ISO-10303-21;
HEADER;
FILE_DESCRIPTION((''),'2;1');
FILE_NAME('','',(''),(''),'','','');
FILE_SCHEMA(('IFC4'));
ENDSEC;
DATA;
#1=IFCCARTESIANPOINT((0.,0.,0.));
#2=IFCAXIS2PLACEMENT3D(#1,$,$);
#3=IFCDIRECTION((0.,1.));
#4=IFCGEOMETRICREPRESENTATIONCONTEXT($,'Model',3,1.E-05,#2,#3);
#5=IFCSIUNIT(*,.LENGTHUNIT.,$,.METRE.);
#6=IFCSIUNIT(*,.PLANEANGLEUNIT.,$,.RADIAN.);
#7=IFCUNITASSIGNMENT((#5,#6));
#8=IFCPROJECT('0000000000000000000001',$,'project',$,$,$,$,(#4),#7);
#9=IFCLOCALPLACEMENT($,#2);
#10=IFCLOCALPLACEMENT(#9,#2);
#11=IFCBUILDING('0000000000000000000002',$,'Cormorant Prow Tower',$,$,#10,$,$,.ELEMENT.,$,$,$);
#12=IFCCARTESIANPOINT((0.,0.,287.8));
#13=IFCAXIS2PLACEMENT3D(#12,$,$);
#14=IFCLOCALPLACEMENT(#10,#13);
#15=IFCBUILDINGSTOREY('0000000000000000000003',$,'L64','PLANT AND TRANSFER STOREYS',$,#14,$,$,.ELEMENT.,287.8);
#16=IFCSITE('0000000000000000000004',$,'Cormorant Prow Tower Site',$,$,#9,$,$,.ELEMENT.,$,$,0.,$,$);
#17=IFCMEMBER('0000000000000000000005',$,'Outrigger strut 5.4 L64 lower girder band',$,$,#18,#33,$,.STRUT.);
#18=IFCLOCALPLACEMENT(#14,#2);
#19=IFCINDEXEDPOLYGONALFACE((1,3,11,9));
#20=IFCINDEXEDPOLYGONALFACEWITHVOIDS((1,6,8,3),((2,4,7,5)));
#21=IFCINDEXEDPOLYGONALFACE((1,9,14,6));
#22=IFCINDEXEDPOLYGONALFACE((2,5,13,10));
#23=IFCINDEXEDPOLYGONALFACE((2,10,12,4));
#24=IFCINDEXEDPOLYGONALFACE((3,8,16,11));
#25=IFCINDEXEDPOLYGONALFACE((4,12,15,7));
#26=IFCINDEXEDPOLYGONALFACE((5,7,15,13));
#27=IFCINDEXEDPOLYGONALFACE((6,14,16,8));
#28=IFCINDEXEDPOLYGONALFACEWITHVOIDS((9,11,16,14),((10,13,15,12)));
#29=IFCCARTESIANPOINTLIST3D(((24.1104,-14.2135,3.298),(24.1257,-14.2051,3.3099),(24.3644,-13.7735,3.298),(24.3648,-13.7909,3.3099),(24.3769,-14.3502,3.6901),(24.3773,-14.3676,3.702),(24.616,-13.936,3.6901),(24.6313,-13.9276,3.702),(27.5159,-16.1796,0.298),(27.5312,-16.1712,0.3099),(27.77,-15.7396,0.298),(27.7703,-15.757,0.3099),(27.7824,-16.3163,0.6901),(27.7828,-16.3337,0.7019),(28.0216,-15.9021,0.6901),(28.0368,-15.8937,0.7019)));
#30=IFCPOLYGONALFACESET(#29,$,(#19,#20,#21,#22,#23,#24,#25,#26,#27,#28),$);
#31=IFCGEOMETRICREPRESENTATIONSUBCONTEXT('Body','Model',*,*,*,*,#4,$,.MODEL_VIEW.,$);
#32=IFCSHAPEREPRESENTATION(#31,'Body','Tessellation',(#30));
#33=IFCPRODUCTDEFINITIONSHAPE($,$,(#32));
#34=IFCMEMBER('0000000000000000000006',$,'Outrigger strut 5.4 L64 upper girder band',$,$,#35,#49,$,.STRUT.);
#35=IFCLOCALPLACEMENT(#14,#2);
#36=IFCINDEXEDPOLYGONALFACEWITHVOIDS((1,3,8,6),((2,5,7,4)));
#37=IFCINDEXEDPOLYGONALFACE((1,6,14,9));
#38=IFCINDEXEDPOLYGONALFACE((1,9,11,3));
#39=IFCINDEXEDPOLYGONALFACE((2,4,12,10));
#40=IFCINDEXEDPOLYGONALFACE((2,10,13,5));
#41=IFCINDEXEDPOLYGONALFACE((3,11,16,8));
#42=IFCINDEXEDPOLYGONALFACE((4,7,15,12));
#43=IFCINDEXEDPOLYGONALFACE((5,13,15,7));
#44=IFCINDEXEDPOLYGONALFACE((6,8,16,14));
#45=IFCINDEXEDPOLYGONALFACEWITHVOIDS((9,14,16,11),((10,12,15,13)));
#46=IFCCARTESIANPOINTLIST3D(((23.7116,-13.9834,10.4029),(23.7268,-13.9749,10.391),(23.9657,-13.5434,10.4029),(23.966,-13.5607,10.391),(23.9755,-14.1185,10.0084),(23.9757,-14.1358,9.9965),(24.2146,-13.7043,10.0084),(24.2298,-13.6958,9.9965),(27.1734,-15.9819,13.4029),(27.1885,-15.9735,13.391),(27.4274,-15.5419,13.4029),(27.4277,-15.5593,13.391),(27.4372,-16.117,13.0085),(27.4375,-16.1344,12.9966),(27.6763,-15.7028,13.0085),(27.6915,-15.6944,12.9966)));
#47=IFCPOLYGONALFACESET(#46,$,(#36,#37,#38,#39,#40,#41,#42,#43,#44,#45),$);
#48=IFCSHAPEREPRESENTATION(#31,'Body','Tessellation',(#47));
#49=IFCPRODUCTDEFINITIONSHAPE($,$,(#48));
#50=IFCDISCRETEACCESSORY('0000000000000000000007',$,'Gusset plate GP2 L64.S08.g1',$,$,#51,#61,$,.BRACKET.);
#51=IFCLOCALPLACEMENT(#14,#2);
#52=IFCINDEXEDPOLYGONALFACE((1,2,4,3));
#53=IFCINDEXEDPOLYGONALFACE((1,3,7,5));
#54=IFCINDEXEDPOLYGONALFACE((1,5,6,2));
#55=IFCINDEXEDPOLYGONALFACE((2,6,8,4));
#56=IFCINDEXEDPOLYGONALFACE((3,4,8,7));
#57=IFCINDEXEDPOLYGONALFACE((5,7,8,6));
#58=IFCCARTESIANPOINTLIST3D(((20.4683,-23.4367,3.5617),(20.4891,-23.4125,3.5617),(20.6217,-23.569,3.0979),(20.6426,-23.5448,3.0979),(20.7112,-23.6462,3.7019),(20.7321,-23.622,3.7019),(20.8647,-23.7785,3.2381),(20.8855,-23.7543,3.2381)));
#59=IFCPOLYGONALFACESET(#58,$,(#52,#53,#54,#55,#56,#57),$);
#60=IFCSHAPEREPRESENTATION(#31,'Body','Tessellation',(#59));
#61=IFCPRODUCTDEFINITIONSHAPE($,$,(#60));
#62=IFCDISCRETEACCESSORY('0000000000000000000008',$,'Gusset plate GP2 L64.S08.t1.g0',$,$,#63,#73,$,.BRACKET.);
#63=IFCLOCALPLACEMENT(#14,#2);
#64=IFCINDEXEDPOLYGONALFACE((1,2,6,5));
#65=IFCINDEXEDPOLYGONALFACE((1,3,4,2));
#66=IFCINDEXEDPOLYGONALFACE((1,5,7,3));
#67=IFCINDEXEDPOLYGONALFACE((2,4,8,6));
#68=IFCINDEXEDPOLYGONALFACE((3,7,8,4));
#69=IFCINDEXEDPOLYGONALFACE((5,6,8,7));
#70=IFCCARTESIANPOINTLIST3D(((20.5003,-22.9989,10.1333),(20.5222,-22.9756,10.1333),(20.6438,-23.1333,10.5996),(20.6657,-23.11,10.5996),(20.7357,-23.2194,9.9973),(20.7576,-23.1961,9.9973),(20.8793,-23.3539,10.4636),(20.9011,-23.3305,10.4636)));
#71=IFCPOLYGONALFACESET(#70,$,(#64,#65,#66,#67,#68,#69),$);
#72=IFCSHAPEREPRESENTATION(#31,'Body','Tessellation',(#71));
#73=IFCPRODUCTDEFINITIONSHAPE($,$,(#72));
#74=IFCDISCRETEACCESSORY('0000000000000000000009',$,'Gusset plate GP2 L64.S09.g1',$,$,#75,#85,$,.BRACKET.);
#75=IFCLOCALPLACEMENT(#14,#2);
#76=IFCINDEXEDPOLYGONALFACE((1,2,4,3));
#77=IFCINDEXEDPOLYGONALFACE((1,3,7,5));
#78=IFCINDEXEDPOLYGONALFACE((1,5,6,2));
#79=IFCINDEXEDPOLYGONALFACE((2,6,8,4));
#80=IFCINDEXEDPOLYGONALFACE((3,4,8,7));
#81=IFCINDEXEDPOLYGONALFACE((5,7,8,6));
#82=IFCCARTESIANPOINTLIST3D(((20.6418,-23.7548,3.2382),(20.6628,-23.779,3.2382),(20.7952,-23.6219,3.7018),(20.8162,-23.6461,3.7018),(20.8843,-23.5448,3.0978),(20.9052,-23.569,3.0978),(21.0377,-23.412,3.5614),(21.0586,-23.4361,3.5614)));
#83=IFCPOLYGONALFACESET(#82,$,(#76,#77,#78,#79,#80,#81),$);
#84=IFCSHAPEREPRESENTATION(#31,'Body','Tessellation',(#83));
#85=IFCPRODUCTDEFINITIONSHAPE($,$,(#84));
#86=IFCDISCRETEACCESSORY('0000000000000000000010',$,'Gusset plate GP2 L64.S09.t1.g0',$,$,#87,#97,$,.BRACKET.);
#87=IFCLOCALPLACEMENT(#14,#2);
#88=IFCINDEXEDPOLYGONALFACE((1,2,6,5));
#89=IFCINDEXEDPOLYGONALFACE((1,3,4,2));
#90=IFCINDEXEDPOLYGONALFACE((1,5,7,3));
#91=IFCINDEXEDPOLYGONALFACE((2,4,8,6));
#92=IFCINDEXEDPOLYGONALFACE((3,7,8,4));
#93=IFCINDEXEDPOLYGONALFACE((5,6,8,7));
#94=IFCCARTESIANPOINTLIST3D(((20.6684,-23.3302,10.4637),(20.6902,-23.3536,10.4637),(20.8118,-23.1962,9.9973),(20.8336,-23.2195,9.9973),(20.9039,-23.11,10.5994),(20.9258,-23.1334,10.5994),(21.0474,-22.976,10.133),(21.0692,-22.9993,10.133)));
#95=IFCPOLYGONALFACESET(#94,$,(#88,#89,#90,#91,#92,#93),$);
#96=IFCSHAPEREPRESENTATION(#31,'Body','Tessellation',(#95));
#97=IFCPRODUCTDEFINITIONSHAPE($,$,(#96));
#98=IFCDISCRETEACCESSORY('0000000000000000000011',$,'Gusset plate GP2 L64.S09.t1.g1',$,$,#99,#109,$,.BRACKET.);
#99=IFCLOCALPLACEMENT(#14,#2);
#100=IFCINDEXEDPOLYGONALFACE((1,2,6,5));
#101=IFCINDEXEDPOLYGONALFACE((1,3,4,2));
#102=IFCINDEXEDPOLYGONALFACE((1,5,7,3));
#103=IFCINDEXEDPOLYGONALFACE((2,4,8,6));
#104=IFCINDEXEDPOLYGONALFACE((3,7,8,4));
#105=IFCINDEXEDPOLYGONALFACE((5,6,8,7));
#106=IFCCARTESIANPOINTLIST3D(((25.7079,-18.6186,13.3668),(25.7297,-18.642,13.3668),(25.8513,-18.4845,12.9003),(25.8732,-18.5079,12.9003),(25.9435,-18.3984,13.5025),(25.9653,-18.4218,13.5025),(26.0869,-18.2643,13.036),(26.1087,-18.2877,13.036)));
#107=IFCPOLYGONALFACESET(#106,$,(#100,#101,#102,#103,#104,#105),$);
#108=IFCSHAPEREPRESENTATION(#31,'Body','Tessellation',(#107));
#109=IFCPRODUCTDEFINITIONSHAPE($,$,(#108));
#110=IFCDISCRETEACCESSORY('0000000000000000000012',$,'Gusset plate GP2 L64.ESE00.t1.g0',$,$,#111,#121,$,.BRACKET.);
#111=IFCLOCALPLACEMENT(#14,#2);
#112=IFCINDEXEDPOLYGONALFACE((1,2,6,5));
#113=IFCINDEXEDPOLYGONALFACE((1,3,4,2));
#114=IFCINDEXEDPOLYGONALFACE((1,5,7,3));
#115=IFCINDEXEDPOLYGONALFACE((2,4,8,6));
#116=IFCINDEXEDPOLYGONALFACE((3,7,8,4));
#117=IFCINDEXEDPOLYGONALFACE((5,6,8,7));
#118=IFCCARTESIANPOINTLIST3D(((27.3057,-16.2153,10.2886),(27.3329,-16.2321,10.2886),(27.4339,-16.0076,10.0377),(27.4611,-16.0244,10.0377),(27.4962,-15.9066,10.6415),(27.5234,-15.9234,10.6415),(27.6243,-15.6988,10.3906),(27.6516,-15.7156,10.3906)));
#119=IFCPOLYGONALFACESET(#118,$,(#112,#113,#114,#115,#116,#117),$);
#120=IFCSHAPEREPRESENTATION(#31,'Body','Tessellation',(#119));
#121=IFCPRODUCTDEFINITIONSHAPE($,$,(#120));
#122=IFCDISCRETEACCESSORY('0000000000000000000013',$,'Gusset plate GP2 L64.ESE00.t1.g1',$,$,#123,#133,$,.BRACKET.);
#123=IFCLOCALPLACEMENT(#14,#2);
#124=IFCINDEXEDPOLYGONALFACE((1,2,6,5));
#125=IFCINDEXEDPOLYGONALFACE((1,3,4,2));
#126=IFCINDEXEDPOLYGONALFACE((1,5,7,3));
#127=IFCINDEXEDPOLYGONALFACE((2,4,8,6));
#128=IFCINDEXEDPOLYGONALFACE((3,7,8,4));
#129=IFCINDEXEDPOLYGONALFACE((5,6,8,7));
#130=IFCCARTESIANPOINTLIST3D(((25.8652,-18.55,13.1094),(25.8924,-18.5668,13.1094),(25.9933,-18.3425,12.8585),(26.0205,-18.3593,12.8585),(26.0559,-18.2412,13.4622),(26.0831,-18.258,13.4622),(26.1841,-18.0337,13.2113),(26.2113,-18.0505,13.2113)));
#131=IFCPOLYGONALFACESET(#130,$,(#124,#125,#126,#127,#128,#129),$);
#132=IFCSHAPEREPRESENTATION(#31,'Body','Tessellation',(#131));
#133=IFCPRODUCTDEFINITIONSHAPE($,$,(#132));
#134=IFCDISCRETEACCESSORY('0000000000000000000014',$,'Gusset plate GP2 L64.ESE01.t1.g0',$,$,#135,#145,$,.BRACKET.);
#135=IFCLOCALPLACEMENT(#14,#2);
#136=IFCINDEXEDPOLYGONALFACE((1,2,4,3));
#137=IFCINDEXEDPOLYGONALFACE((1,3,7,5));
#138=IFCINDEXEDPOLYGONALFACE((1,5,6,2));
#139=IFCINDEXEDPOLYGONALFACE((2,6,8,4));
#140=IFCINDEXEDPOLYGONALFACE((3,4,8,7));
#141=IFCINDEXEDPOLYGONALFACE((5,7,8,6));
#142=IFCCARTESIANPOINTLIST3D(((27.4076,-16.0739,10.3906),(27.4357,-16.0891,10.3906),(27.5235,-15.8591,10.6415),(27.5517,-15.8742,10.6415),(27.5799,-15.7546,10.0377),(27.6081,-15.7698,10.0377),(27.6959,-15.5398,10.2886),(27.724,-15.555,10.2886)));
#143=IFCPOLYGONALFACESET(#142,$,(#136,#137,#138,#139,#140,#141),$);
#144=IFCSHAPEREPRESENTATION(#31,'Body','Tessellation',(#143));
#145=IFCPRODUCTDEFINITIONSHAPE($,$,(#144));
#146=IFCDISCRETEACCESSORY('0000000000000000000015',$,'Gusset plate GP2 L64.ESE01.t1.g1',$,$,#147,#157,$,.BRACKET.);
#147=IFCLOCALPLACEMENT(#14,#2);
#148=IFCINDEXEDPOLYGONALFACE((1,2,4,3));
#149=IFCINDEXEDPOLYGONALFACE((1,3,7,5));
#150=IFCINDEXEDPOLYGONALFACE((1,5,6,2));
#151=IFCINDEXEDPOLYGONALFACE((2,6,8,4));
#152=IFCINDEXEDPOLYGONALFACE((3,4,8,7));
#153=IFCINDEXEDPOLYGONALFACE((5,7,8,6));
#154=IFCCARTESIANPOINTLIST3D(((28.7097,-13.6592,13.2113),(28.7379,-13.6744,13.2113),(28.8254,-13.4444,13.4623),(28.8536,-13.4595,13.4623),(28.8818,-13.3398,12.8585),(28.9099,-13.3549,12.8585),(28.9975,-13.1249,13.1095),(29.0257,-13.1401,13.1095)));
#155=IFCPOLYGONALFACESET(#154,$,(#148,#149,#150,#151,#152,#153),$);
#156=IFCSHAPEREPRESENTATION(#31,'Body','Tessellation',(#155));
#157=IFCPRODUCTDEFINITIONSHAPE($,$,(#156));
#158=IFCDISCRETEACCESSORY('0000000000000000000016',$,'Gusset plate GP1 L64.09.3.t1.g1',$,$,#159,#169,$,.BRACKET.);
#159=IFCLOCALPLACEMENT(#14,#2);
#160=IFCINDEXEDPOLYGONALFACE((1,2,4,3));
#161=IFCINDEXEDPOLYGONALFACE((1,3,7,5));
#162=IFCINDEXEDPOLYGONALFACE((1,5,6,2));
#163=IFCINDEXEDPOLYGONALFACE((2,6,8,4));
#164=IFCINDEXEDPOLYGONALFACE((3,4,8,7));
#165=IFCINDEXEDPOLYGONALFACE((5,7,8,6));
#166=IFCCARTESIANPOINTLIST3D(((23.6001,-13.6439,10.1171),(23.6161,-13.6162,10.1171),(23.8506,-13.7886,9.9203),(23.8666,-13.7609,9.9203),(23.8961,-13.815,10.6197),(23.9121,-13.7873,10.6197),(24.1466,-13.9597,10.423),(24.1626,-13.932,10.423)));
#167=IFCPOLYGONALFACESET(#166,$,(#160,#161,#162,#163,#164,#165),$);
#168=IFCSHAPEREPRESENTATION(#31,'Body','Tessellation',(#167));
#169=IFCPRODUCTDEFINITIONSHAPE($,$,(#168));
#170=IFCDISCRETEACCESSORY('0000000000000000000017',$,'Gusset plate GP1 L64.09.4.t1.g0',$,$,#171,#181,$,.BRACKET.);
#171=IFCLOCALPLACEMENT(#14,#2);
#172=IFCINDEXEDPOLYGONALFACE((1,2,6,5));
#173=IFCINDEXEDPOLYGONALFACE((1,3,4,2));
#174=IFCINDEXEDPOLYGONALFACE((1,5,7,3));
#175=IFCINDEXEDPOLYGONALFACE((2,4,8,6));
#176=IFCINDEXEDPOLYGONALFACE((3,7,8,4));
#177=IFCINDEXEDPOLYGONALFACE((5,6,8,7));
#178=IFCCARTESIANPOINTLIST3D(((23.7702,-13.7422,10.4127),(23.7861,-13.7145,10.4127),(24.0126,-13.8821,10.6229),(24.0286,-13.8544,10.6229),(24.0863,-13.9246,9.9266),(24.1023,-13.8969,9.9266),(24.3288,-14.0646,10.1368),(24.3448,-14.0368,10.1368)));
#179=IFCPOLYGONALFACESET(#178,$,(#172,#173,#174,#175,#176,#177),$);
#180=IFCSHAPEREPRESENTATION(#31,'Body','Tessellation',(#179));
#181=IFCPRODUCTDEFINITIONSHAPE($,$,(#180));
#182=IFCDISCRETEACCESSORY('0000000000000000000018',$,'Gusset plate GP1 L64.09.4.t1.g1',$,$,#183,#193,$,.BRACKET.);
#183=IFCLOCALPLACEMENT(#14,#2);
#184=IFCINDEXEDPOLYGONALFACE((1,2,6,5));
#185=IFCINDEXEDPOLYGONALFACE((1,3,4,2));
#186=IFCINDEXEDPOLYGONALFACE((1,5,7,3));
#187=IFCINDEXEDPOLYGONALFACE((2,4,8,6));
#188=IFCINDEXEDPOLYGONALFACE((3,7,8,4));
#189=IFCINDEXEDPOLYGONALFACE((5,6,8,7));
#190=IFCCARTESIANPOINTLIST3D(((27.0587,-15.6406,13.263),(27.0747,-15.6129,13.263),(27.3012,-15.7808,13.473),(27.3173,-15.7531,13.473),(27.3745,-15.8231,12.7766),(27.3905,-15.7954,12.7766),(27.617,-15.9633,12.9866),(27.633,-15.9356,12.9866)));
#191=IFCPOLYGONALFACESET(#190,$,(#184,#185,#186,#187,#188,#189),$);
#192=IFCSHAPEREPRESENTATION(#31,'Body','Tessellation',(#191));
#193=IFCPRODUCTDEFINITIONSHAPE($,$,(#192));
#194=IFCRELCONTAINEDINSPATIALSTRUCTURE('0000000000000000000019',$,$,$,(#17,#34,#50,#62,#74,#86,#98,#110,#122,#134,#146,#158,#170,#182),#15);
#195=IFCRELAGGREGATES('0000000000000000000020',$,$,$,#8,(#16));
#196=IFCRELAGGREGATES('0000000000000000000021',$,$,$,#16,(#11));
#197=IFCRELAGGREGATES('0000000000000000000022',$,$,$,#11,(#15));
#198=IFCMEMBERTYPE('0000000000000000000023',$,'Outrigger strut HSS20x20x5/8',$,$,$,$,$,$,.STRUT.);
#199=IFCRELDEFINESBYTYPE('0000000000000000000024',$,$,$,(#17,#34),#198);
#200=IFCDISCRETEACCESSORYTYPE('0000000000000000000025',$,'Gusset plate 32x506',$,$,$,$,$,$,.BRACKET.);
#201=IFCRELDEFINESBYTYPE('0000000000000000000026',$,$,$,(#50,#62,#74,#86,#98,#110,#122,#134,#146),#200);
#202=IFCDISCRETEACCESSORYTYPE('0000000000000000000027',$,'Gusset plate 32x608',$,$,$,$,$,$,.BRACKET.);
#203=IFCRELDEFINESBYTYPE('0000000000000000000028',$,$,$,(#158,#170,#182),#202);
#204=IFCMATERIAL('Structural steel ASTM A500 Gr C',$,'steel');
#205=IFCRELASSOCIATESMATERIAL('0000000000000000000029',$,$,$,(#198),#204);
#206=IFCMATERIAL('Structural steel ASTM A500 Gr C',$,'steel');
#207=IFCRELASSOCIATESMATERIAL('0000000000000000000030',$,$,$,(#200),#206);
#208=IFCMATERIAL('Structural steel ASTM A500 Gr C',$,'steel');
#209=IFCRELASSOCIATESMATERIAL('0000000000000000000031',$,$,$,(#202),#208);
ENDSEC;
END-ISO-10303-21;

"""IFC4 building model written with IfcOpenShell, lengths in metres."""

from ifc_helpers import new_model, si_unit, direction, frame, origin, origin_2d, place, context, subcontext, project, spatial, rectangle, hollow_rectangle, extrude, material, material_profile, profile_set, type_object, element, save


model = new_model("IFC4")

# Units and contexts
model_context = context("Model", 3, precision=1e-05, world=origin(), true_north=direction((0.0, 1.0)))
body_context = subcontext(model_context, "Body", "Model", "MODEL_VIEW")
ifc_project = project(units=[si_unit("LENGTHUNIT", "METRE"), si_unit("PLANEANGLEUNIT", "RADIAN")], contexts=[model_context])

# Site, building, storey
site_placement = place(None, origin())
site = spatial("IfcSite", under=ifc_project, at=site_placement, Name="Cormorant Prow Tower Site", CompositionType="ELEMENT", RefElevation=0.0)
building_placement = place(site_placement, origin())
building = spatial("IfcBuilding", under=site, at=building_placement, Name="Cormorant Prow Tower", CompositionType="ELEMENT")
storey_placement = place(building_placement, frame((0.0, 0.0, 287.8)))
storey = spatial("IfcBuildingStorey", under=building, at=storey_placement, Name="L64", Description="PLANT AND TRANSFER STOREYS", CompositionType="ELEMENT", Elevation=287.8)

# Members
ifc_material_1 = material(Name="Structural steel ASTM A500 Gr C", Category="steel")
ifc_material_profile_1 = material_profile(ifc_material_1, hollow_rectangle(XDim=0.5081, YDim=0.5081, WallThickness=0.0149, at=origin_2d()), Name="HSS20x20x5/8")
ifc_profile_set_1 = profile_set([ifc_material_profile_1], Name="Structural steel ASTM A500 Gr C")
member_type_1 = type_object("IfcMemberType", Name="Outrigger strut HSS20x20x5/8", PredefinedType="STRUT", material=ifc_profile_set_1)
member_1_placement = place(storey_placement, frame((24.3708, -14.0706, 3.5), z_axis=(0.688539, -0.397506, -0.60655), x_axis=(0.499979, 0.866038, 0.0)))
element("IfcMember", 1, at=member_1_placement, inside=storey, type_object=member_type_1, Name="Outrigger strut 5.4 L64 lower girder band", PredefinedType="STRUT", context=body_context, shape_type="SweptSolid", body=[
    extrude(hollow_rectangle(XDim=0.5081, YDim=0.5081, WallThickness=0.0149, at=origin_2d()), origin(), (0.0, 0.0, 1.0), 4.946),
])
member_2_placement = place(storey_placement, frame((23.9707, -13.8396, 10.1997), z_axis=(0.692648, -0.399889, 0.600273), x_axis=(0.499989, 0.866032, 0.0)))
element("IfcMember", 2, at=member_2_placement, inside=storey, type_object=member_type_1, Name="Outrigger strut 5.4 L64 upper girder band", PredefinedType="STRUT", context=body_context, shape_type="SweptSolid", body=[
    extrude(hollow_rectangle(XDim=0.5081, YDim=0.5081, WallThickness=0.0149, at=origin_2d()), origin(), (0.0, 0.0, 1.0), 4.9978),
])

# Discrete accessories
ifc_material_2 = material(Name="Structural steel ASTM A500 Gr C", Category="steel")
ifc_material_profile_2 = material_profile(ifc_material_2, rectangle(XDim=0.032, YDim=0.5061, at=origin_2d()), Name="Gusset plate 32x506")
ifc_profile_set_2 = profile_set([ifc_material_profile_2], Name="Structural steel ASTM A500 Gr C")
discrete_accessory_type_1 = type_object("IfcDiscreteAccessoryType", Name="Gusset plate 32x506", PredefinedType="BRACKET", material=ifc_profile_set_2)
for number, where, z_axis, x_axis, name in (
    (3, (20.5554, -23.4907, 3.3298), (0.69398, -0.598427, 0.400346), (0.653045, 0.757319, 0.0), "Gusset plate GP2 L64.S08.g1"),
    (4, (20.583, -23.0544, 10.3665), (0.672475, -0.629922, -0.388556), (0.683639, 0.72982, 0.0), "Gusset plate GP2 L64.S08.t1.g0"),
    (5, (20.9714, -23.4905, 3.3296), (-0.692482, -0.599733, 0.400984), (0.65467, -0.755915, 0.0), "Gusset plate GP2 L64.S09.g1"),
):
    element("IfcDiscreteAccessory", number, at=place(storey_placement, frame(where, z_axis=z_axis, x_axis=x_axis)), inside=storey, type_object=discrete_accessory_type_1, Name=name, PredefinedType="BRACKET", context=body_context, shape_type="SweptSolid", body=[
        extrude(rectangle(XDim=0.032, YDim=0.5061, at=origin_2d()), origin(), (0.0, 0.0, 1.0), 0.3501),
    ])
for number, where, z_axis, x_axis, name in (
    (6, (20.9866, -23.0547, 10.3662), (-0.673334, -0.629376, -0.387952), (0.682858, -0.730552, 0.0), "Gusset plate GP2 L64.S09.t1.g0"),
    (7, (25.7905, -18.5632, 13.1335), (0.673334, 0.629376, 0.387952), (-0.682858, 0.730552, 0.0), "Gusset plate GP2 L64.S09.t1.g1"),
):
    element("IfcDiscreteAccessory", number, at=place(storey_placement, frame(where, z_axis=z_axis, x_axis=x_axis)), inside=storey, type_object=discrete_accessory_type_1, Name=name, PredefinedType="BRACKET", context=body_context, shape_type="SweptSolid", body=[
        extrude(rectangle(XDim=0.032, YDim=0.5061, at=origin_2d()), origin(), (0.0, 0.0, 1.0), 0.3499),
    ])
discrete_accessory_1_placement = place(storey_placement, frame((27.4146, -16.0693, 10.4651), z_axis=(0.366086, 0.593408, -0.716832), x_axis=(-0.851074, 0.525046, 0.0)))
element("IfcDiscreteAccessory", 8, at=discrete_accessory_1_placement, inside=storey, type_object=discrete_accessory_type_1, Name="Gusset plate GP2 L64.ESE00.t1.g0", PredefinedType="BRACKET", context=body_context, shape_type="SweptSolid", body=[
    extrude(rectangle(XDim=0.032, YDim=0.5061, at=origin_2d()), origin(), (0.0, 0.0, 1.0), 0.3501),
])
discrete_accessory_2_placement = place(storey_placement, frame((26.1023, -18.1965, 13.0349), z_axis=(-0.366238, -0.592956, 0.717128), x_axis=(0.850798, -0.525493, 0.0)))
element("IfcDiscreteAccessory", 9, at=discrete_accessory_2_placement, inside=storey, type_object=discrete_accessory_type_1, Name="Gusset plate GP2 L64.ESE00.t1.g1", PredefinedType="BRACKET", context=body_context, shape_type="SweptSolid", body=[
    extrude(rectangle(XDim=0.032, YDim=0.5061, at=origin_2d()), origin(), (0.0, 0.0, 1.0), 0.3499),
])
for number, where, z_axis, x_axis, name in (
    (10, (27.6238, -15.707, 10.4651), (-0.331205, -0.6136, -0.716797), (0.879989, -0.474994, 0.0), "Gusset plate GP2 L64.ESE01.t1.g0"),
    (11, (28.8098, -13.5071, 13.0349), (0.330584, 0.613742, 0.716962), (-0.880407, 0.474219, 0.0), "Gusset plate GP2 L64.ESE01.t1.g1"),
):
    element("IfcDiscreteAccessory", number, at=place(storey_placement, frame(where, z_axis=z_axis, x_axis=x_axis)), inside=storey, type_object=discrete_accessory_type_1, Name=name, PredefinedType="BRACKET", context=body_context, shape_type="SweptSolid", body=[
        extrude(rectangle(XDim=0.032, YDim=0.5061, at=origin_2d()), origin(), (0.0, 0.0, 1.0), 0.3501),
    ])
ifc_material_3 = material(Name="Structural steel ASTM A500 Gr C", Category="steel")
ifc_material_profile_3 = material_profile(ifc_material_3, rectangle(XDim=0.032, YDim=0.6079, at=origin_2d()), Name="Gusset plate 32x608")
ifc_profile_set_3 = profile_set([ifc_material_profile_3], Name="Structural steel ASTM A500 Gr C")
discrete_accessory_type_2 = type_object("IfcDiscreteAccessoryType", Name="Gusset plate 32x608", PredefinedType="BRACKET", material=ifc_profile_set_3)
discrete_accessory_3_placement = place(storey_placement, frame((23.7561, -13.7156, 10.3684), z_axis=(0.715898, -0.41377, -0.562392), x_axis=(0.500404, 0.865792, 0.0)))
element("IfcDiscreteAccessory", 12, at=discrete_accessory_3_placement, inside=storey, type_object=discrete_accessory_type_2, Name="Gusset plate GP1 L64.09.3.t1.g1", PredefinedType="BRACKET", context=body_context, shape_type="SweptSolid", body=[
    extrude(rectangle(XDim=0.032, YDim=0.6079, at=origin_2d()), origin(), (0.0, 0.0, 1.0), 0.3499),
])
for number, where, z_axis, x_axis, name in (
    (13, (24.1787, -13.9595, 10.3799), (-0.692579, 0.399645, -0.600514), (-0.499798, -0.866142, 0.0), "Gusset plate GP1 L64.09.4.t1.g0"),
    (14, (27.2246, -15.718, 13.0198), (0.692676, -0.400399, 0.599901), (0.500452, 0.865764, 0.0), "Gusset plate GP1 L64.09.4.t1.g1"),
):
    element("IfcDiscreteAccessory", number, at=place(storey_placement, frame(where, z_axis=z_axis, x_axis=x_axis)), inside=storey, type_object=discrete_accessory_type_2, Name=name, PredefinedType="BRACKET", context=body_context, shape_type="SweptSolid", body=[
        extrude(rectangle(XDim=0.032, YDim=0.6079, at=origin_2d()), origin(), (0.0, 0.0, 1.0), 0.3501),
    ])

save(model, "model.ifc")
